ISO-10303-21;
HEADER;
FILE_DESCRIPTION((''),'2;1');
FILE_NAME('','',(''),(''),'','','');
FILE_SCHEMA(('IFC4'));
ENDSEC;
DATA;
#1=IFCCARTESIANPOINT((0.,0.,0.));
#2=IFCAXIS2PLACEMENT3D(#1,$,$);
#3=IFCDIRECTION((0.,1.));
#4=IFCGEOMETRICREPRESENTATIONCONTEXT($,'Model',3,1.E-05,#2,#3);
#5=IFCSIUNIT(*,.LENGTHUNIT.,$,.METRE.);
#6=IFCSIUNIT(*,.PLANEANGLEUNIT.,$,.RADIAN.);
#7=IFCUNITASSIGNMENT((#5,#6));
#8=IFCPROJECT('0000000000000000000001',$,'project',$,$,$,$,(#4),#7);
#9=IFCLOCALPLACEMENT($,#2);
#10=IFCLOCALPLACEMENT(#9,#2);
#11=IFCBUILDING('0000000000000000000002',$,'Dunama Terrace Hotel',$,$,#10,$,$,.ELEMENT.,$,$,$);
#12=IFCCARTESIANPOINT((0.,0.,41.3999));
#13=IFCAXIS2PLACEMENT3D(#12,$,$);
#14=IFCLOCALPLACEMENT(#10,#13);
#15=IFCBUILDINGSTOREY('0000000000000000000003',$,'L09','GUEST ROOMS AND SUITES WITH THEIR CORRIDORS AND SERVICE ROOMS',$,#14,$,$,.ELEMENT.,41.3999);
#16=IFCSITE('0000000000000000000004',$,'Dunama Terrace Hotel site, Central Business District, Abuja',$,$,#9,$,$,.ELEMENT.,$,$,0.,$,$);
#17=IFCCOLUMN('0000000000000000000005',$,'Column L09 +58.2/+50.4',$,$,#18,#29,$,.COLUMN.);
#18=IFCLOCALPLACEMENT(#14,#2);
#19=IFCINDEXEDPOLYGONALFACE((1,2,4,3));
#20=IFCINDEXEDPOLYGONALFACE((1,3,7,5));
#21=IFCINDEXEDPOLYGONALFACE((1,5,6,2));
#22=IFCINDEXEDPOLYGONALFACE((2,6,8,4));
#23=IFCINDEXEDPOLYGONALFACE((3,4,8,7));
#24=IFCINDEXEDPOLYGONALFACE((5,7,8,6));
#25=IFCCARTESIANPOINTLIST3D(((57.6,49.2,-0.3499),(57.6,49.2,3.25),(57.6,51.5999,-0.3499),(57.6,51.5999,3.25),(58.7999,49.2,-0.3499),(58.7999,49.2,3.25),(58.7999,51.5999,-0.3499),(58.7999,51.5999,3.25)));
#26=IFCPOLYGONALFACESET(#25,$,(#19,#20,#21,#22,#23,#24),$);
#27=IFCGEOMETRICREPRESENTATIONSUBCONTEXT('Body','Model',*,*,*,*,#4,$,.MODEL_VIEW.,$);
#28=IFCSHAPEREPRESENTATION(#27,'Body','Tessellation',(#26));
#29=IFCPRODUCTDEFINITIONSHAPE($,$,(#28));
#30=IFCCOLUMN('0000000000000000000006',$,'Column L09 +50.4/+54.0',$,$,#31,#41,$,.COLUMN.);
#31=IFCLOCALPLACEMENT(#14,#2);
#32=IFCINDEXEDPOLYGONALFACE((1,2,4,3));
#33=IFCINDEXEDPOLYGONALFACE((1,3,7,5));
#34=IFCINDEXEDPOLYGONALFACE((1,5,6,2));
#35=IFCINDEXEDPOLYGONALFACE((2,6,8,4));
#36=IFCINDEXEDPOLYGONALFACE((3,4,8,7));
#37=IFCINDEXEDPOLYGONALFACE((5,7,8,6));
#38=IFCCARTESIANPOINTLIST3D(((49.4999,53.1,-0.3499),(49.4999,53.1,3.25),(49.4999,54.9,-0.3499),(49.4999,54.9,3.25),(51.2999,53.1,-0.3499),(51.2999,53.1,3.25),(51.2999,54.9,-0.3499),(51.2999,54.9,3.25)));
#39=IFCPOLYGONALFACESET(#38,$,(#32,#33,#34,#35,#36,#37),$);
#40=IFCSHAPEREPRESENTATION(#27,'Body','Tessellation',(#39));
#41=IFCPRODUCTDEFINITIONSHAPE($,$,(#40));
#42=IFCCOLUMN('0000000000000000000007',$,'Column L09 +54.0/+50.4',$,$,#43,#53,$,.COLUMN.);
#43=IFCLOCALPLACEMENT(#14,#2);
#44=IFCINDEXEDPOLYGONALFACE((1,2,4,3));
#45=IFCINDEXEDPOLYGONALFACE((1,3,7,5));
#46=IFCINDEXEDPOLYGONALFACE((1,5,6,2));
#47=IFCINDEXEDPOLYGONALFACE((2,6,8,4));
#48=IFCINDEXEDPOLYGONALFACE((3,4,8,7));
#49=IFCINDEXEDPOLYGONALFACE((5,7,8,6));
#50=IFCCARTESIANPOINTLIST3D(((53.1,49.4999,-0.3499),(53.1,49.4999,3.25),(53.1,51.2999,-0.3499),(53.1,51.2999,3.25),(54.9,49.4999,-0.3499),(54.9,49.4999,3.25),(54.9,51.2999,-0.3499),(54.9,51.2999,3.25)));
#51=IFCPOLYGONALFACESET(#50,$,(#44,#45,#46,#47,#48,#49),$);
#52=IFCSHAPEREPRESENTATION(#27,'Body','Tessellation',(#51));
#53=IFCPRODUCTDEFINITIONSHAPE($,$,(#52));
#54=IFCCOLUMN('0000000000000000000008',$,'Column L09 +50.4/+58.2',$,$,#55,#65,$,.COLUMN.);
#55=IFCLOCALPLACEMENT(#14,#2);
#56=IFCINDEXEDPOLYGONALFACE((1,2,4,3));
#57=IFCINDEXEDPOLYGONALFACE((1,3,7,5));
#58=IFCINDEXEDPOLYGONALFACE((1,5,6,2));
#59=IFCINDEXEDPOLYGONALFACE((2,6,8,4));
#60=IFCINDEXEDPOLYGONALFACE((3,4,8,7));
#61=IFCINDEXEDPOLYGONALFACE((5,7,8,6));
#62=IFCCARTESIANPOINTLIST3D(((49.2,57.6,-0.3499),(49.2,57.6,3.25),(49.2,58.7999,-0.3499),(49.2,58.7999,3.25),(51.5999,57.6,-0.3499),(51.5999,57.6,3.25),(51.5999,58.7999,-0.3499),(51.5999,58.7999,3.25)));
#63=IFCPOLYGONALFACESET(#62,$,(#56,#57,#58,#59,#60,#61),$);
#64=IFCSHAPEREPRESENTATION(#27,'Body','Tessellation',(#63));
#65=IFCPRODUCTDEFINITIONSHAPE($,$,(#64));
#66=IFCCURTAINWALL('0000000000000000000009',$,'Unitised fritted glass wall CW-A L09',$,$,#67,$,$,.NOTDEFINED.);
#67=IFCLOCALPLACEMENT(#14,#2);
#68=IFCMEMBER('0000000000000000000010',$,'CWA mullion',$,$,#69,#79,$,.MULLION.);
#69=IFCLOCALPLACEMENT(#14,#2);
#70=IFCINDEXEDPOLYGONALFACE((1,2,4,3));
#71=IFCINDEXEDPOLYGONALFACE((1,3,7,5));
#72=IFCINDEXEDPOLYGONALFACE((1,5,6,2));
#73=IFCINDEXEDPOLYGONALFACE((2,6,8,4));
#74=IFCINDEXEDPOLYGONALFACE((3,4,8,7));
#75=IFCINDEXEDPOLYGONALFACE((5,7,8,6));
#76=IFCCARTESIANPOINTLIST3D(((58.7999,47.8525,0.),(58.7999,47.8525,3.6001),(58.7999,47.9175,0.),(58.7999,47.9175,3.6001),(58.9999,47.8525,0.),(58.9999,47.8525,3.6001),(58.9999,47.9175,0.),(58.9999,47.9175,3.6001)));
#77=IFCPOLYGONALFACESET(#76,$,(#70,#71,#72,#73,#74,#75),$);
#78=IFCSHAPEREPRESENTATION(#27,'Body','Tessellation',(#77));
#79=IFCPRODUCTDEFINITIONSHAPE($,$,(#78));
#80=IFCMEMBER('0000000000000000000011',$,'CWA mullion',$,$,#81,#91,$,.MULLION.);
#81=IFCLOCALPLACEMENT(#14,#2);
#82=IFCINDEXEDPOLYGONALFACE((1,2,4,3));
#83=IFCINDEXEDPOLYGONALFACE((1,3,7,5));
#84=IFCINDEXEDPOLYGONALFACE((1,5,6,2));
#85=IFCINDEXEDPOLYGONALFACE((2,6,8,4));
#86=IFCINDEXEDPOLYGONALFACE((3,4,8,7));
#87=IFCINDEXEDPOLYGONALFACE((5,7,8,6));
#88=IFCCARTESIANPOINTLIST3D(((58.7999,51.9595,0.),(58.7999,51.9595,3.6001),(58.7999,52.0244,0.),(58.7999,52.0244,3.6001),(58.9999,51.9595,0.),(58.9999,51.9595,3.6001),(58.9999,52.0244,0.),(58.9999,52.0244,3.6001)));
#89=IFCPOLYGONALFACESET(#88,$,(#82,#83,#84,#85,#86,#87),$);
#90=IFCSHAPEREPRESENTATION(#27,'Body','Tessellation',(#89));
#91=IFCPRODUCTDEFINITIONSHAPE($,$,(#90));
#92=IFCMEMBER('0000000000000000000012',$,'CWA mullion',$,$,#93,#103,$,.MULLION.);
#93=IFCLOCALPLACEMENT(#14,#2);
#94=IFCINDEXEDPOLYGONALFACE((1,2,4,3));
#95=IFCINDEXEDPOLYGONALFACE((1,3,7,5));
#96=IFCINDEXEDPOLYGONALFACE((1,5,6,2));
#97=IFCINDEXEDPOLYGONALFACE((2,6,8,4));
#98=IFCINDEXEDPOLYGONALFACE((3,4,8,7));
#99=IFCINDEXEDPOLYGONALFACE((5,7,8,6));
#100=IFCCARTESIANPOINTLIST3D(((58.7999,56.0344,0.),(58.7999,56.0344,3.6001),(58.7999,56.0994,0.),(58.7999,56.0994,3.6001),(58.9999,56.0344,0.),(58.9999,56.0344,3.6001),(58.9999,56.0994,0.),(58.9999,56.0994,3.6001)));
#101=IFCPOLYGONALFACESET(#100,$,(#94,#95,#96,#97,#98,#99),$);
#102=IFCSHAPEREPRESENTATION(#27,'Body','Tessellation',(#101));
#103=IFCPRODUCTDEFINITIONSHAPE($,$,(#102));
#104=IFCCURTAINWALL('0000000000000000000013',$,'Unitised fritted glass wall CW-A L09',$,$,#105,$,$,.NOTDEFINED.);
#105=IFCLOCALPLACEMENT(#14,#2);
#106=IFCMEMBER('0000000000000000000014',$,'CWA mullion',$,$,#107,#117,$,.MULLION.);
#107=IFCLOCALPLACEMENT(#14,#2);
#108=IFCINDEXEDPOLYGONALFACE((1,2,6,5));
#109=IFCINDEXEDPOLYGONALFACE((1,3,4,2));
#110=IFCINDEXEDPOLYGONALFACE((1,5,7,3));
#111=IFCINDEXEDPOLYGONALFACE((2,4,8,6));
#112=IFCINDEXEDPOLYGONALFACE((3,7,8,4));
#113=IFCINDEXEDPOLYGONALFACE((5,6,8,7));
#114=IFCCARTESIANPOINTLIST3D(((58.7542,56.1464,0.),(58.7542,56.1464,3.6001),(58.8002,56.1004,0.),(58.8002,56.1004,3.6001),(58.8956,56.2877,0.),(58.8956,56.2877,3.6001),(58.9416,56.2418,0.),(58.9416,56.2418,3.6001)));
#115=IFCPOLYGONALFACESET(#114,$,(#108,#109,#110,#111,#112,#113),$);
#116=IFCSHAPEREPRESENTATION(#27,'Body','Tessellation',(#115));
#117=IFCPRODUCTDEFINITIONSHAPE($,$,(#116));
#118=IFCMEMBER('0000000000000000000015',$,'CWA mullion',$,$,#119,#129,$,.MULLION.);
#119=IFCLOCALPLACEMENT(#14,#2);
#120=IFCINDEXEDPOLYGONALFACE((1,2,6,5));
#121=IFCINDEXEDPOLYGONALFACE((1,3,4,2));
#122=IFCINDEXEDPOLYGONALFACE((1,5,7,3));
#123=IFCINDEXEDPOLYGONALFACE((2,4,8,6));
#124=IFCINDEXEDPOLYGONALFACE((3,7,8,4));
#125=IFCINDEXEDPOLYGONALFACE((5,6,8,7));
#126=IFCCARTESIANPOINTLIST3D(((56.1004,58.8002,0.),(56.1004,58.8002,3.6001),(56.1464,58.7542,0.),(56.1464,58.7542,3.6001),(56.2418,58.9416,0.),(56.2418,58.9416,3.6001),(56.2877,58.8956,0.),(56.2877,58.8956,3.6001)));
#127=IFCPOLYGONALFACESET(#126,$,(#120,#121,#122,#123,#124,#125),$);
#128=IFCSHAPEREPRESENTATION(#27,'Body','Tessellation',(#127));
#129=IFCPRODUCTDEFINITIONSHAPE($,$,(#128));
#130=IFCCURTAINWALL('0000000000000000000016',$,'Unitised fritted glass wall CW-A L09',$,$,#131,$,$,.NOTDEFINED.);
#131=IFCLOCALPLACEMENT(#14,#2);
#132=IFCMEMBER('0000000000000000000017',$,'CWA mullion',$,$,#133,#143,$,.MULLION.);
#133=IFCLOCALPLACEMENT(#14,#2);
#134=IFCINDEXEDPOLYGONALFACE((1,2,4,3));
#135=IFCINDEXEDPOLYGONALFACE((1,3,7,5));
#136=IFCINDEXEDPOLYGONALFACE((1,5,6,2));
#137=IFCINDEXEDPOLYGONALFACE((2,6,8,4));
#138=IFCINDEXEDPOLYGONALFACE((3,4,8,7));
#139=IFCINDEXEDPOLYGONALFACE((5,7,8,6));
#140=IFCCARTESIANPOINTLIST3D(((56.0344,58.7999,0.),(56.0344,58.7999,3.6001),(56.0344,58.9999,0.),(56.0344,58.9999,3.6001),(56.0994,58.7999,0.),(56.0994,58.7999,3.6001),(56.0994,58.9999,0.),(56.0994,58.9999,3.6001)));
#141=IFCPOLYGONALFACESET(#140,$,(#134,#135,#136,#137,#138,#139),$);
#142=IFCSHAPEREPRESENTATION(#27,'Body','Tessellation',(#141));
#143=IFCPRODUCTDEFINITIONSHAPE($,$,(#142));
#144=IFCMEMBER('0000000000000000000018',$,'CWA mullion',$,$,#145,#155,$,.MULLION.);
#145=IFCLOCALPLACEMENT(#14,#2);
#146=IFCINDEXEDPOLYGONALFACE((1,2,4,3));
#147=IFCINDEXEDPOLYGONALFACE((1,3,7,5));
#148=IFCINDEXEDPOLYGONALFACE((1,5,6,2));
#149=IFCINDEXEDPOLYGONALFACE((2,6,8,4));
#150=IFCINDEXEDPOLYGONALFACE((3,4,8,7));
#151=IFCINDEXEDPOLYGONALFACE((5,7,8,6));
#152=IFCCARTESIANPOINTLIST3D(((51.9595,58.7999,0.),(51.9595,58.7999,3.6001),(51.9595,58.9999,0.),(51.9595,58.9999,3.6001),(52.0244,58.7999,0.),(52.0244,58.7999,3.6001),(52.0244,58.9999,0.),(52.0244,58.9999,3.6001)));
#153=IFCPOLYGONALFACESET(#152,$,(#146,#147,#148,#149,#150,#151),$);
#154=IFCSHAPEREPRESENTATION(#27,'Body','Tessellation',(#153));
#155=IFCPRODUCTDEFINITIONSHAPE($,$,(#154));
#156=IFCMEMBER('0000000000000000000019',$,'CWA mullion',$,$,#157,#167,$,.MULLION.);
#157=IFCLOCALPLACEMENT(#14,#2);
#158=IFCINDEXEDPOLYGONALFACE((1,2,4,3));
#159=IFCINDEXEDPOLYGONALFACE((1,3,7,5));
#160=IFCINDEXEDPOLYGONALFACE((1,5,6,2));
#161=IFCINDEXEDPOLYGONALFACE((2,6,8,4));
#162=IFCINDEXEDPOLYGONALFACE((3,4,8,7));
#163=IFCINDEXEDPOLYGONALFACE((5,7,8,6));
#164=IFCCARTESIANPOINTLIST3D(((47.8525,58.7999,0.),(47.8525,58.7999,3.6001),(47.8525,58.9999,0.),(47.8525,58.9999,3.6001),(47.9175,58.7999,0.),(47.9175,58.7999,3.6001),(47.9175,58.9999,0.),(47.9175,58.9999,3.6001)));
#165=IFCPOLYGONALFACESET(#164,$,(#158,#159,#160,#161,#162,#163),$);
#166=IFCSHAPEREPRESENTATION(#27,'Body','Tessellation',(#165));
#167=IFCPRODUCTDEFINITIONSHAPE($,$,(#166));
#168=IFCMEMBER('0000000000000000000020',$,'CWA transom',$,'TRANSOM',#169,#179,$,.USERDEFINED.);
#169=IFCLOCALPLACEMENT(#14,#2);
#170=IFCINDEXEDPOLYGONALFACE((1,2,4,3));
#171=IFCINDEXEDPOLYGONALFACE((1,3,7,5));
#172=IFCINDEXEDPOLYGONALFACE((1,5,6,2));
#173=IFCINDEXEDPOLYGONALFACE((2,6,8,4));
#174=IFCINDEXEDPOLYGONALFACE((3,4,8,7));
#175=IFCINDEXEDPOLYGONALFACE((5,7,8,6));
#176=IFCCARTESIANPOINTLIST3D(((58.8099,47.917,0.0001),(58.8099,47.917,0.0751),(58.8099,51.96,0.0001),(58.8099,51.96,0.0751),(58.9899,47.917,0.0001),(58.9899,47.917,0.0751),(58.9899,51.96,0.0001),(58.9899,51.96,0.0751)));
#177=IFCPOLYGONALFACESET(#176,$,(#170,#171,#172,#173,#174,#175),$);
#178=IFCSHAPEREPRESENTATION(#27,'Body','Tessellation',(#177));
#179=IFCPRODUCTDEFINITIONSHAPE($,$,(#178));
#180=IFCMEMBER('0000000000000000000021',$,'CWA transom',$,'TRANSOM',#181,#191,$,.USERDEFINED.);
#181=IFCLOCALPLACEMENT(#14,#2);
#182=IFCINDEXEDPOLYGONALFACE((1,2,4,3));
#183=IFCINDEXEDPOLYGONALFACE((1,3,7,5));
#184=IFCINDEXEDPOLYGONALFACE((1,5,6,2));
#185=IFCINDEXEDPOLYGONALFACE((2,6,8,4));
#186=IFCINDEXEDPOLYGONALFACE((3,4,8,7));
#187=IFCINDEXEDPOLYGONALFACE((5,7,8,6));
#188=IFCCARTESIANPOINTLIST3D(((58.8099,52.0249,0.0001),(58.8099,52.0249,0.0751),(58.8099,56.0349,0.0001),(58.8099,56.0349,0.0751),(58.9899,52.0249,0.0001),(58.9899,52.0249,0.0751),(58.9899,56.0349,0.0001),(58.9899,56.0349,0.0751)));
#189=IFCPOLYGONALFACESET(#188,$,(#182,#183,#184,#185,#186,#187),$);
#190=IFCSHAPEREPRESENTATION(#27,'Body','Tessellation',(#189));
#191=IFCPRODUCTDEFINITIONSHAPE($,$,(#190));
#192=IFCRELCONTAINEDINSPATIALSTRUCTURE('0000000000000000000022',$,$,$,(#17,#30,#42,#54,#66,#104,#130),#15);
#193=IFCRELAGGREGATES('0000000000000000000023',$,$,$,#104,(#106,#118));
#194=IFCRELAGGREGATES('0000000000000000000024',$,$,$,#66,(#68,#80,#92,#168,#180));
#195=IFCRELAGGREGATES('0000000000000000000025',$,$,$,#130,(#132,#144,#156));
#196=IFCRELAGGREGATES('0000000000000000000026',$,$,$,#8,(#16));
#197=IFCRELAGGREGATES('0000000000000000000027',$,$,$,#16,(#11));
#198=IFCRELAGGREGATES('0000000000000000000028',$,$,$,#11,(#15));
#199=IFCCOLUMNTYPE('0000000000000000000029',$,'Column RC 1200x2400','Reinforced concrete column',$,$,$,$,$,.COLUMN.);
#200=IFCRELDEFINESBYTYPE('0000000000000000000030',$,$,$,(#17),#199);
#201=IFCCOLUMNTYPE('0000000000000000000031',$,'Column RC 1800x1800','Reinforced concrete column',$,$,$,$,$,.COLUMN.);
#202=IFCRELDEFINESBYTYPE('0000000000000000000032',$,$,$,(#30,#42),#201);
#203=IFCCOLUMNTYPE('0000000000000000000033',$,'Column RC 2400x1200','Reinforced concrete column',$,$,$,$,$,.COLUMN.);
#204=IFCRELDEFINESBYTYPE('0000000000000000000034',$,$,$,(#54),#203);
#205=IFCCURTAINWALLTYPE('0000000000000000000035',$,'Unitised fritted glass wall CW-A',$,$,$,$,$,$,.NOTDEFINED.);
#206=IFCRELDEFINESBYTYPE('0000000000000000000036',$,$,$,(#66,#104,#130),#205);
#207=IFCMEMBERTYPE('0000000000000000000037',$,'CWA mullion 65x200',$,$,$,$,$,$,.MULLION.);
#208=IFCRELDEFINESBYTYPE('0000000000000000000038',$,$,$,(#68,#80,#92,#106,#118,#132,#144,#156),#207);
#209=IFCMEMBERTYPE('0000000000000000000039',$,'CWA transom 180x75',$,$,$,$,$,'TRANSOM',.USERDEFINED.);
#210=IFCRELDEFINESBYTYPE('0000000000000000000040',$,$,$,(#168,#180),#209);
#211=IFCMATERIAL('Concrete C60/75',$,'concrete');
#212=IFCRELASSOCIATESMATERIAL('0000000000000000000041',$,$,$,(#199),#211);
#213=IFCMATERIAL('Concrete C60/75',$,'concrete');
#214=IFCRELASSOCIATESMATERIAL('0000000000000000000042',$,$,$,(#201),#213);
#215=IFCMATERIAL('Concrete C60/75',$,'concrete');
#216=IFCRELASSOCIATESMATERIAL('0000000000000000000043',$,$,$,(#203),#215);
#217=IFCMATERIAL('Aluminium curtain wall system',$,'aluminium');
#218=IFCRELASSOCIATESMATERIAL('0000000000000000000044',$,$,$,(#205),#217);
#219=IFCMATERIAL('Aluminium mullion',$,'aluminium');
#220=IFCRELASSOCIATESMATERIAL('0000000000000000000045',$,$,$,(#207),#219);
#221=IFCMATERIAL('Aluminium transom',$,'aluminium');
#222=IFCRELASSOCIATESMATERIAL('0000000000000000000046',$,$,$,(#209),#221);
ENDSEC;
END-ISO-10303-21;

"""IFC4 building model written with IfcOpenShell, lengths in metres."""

from ifc_helpers import new_model, si_unit, direction, frame, origin, origin_2d, place, context, subcontext, project, spatial, rectangle, extrude, material, material_profile, profile_set, type_object, element, aggregate, save


model = new_model("IFC4")

# Units and contexts
model_context = context("Model", 3, precision=1e-05, world=origin(), true_north=direction((0.0, 1.0)))
body_context = subcontext(model_context, "Body", "Model", "MODEL_VIEW")
ifc_project = project(units=[si_unit("LENGTHUNIT", "METRE"), si_unit("PLANEANGLEUNIT", "RADIAN")], contexts=[model_context])

# Site, building, storey
site_placement = place(None, origin())
site = spatial("IfcSite", under=ifc_project, at=site_placement, Name="Dunama Terrace Hotel site, Central Business District, Abuja", CompositionType="ELEMENT", RefElevation=0.0)
building_placement = place(site_placement, origin())
building = spatial("IfcBuilding", under=site, at=building_placement, Name="Dunama Terrace Hotel", CompositionType="ELEMENT")
storey_placement = place(building_placement, frame((0.0, 0.0, 41.3999)))
storey = spatial("IfcBuildingStorey", under=building, at=storey_placement, Name="L09", Description="GUEST ROOMS AND SUITES WITH THEIR CORRIDORS AND SERVICE ROOMS", CompositionType="ELEMENT", Elevation=41.3999)

# Columns
ifc_material_1 = material(Name="Concrete C60/75", Category="concrete")
ifc_material_profile_1 = material_profile(ifc_material_1, rectangle(XDim=1.2, YDim=2.3999, at=origin_2d()), Name="RC 1200x2400")
ifc_profile_set_1 = profile_set([ifc_material_profile_1], Name="Concrete C60/75")
column_type_1 = type_object("IfcColumnType", Name="Column RC 1200x2400", Description="Reinforced concrete column", PredefinedType="COLUMN", material=ifc_profile_set_1)
column_1_placement = place(storey_placement, frame((58.2, 50.3999, -0.3499), z_axis=(0.0, 0.0, 1.0), x_axis=(1.0, 0.0, 0.0)))
element("IfcColumn", 1, at=column_1_placement, inside=storey, type_object=column_type_1, Name="Column L09 +58.2/+50.4", PredefinedType="COLUMN", context=body_context, shape_type="SweptSolid", body=[
    extrude(rectangle(XDim=1.2, YDim=2.3999, at=origin_2d()), origin(), (0.0, 0.0, 1.0), 3.5999),
])
ifc_material_2 = material(Name="Concrete C60/75", Category="concrete")
ifc_material_profile_2 = material_profile(ifc_material_2, rectangle(XDim=1.8, YDim=1.8, at=origin_2d()), Name="RC 1800x1800")
ifc_profile_set_2 = profile_set([ifc_material_profile_2], Name="Concrete C60/75")
column_type_2 = type_object("IfcColumnType", Name="Column RC 1800x1800", Description="Reinforced concrete column", PredefinedType="COLUMN", material=ifc_profile_set_2)
for number, where, z_axis, x_axis, name in (
    (2, (50.3999, 54.0, -0.3499), (0.0, 0.0, 1.0), (1.0, 0.0, 0.0), "Column L09 +50.4/+54.0"),
    (3, (54.0, 50.3999, -0.3499), (0.0, 0.0, 1.0), (1.0, 0.0, 0.0), "Column L09 +54.0/+50.4"),
):
    element("IfcColumn", number, at=place(storey_placement, frame(where, z_axis=z_axis, x_axis=x_axis)), inside=storey, type_object=column_type_2, Name=name, PredefinedType="COLUMN", context=body_context, shape_type="SweptSolid", body=[
        extrude(rectangle(XDim=1.8, YDim=1.8, at=origin_2d()), origin(), (0.0, 0.0, 1.0), 3.5999),
    ])
ifc_material_3 = material(Name="Concrete C60/75", Category="concrete")
ifc_material_profile_3 = material_profile(ifc_material_3, rectangle(XDim=2.3999, YDim=1.2, at=origin_2d()), Name="RC 2400x1200")
ifc_profile_set_3 = profile_set([ifc_material_profile_3], Name="Concrete C60/75")
column_type_3 = type_object("IfcColumnType", Name="Column RC 2400x1200", Description="Reinforced concrete column", PredefinedType="COLUMN", material=ifc_profile_set_3)
column_2_placement = place(storey_placement, frame((50.3999, 58.2, -0.3499), z_axis=(0.0, 0.0, 1.0), x_axis=(1.0, 0.0, 0.0)))
element("IfcColumn", 4, at=column_2_placement, inside=storey, type_object=column_type_3, Name="Column L09 +50.4/+58.2", PredefinedType="COLUMN", context=body_context, shape_type="SweptSolid", body=[
    extrude(rectangle(XDim=2.3999, YDim=1.2, at=origin_2d()), origin(), (0.0, 0.0, 1.0), 3.5999),
])

# Curtain walls, members
ifc_material_4 = material(Name="Aluminium curtain wall system", Category="aluminium")
curtain_wall_type = type_object("IfcCurtainWallType", Name="Unitised fritted glass wall CW-A", PredefinedType="NOTDEFINED", material=ifc_material_4)
curtain_wall_1_placement = place(storey_placement, origin())
curtain_wall_1 = element("IfcCurtainWall", 5, at=curtain_wall_1_placement, inside=storey, type_object=curtain_wall_type, Name="Unitised fritted glass wall CW-A L09", PredefinedType="NOTDEFINED")
ifc_material_5 = material(Name="Aluminium mullion", Category="aluminium")
ifc_material_profile_4 = material_profile(ifc_material_5, rectangle(XDim=0.0649, YDim=0.2, at=origin_2d()), Name="CWA MULLION 65X200")
ifc_profile_set_4 = profile_set([ifc_material_profile_4], Name="Aluminium mullion")
member_type_1 = type_object("IfcMemberType", Name="CWA mullion 65x200", PredefinedType="MULLION", material=ifc_profile_set_4)
member_1_placement = place(storey_placement, frame((58.8999, 47.885, 0.0), z_axis=(0.0, 0.0, 1.0), x_axis=(0.0, 1.0, 0.0)))
member_1 = element("IfcMember", 6, at=member_1_placement, type_object=member_type_1, Name="CWA mullion", PredefinedType="MULLION", context=body_context, shape_type="SweptSolid", body=[
    extrude(rectangle(XDim=0.0649, YDim=0.2, at=origin_2d()), origin(), (0.0, 0.0, 1.0), 3.6001),
])
member_2_placement = place(storey_placement, frame((58.8999, 51.9919, 0.0), z_axis=(0.0, 0.0, 1.0), x_axis=(0.0, 1.0, 0.0)))
member_2 = element("IfcMember", 7, at=member_2_placement, type_object=member_type_1, Name="CWA mullion", PredefinedType="MULLION", context=body_context, shape_type="SweptSolid", body=[
    extrude(rectangle(XDim=0.0649, YDim=0.2, at=origin_2d()), origin(), (0.0, 0.0, 1.0), 3.6001),
])
member_3_placement = place(storey_placement, frame((58.8999, 56.0669, 0.0), z_axis=(0.0, 0.0, 1.0), x_axis=(0.0, 1.0, 0.0)))
member_3 = element("IfcMember", 8, at=member_3_placement, type_object=member_type_1, Name="CWA mullion", PredefinedType="MULLION", context=body_context, shape_type="SweptSolid", body=[
    extrude(rectangle(XDim=0.0649, YDim=0.2, at=origin_2d()), origin(), (0.0, 0.0, 1.0), 3.6001),
])
curtain_wall_2_placement = place(storey_placement, origin())
curtain_wall_2 = element("IfcCurtainWall", 9, at=curtain_wall_2_placement, inside=storey, type_object=curtain_wall_type, Name="Unitised fritted glass wall CW-A L09", PredefinedType="NOTDEFINED")
member_4_placement = place(storey_placement, frame((58.8479, 56.1941, 0.0), z_axis=(0.0, 0.0, 1.0), x_axis=(-0.707107, 0.707107, 0.0)))
member_4 = element("IfcMember", 10, at=member_4_placement, type_object=member_type_1, Name="CWA mullion", PredefinedType="MULLION", context=body_context, shape_type="SweptSolid", body=[
    extrude(rectangle(XDim=0.0649, YDim=0.2, at=origin_2d()), origin(), (0.0, 0.0, 1.0), 3.6001),
])
member_5_placement = place(storey_placement, frame((56.1941, 58.8479, 0.0), z_axis=(0.0, 0.0, 1.0), x_axis=(-0.707107, 0.707107, 0.0)))
member_5 = element("IfcMember", 11, at=member_5_placement, type_object=member_type_1, Name="CWA mullion", PredefinedType="MULLION", context=body_context, shape_type="SweptSolid", body=[
    extrude(rectangle(XDim=0.0649, YDim=0.2, at=origin_2d()), origin(), (0.0, 0.0, 1.0), 3.6001),
])
curtain_wall_3_placement = place(storey_placement, origin())
curtain_wall_3 = element("IfcCurtainWall", 12, at=curtain_wall_3_placement, inside=storey, type_object=curtain_wall_type, Name="Unitised fritted glass wall CW-A L09", PredefinedType="NOTDEFINED")
member_6_placement = place(storey_placement, frame((56.0669, 58.8999, 0.0), z_axis=(0.0, 0.0, 1.0), x_axis=(-1.0, 0.0, 0.0)))
member_6 = element("IfcMember", 13, at=member_6_placement, type_object=member_type_1, Name="CWA mullion", PredefinedType="MULLION", context=body_context, shape_type="SweptSolid", body=[
    extrude(rectangle(XDim=0.0649, YDim=0.2, at=origin_2d()), origin(), (0.0, 0.0, 1.0), 3.6001),
])
member_7_placement = place(storey_placement, frame((51.9919, 58.8999, 0.0), z_axis=(0.0, 0.0, 1.0), x_axis=(-1.0, 0.0, 0.0)))
member_7 = element("IfcMember", 14, at=member_7_placement, type_object=member_type_1, Name="CWA mullion", PredefinedType="MULLION", context=body_context, shape_type="SweptSolid", body=[
    extrude(rectangle(XDim=0.0649, YDim=0.2, at=origin_2d()), origin(), (0.0, 0.0, 1.0), 3.6001),
])
member_8_placement = place(storey_placement, frame((47.885, 58.8999, 0.0), z_axis=(0.0, 0.0, 1.0), x_axis=(-1.0, 0.0, 0.0)))
member_8 = element("IfcMember", 15, at=member_8_placement, type_object=member_type_1, Name="CWA mullion", PredefinedType="MULLION", context=body_context, shape_type="SweptSolid", body=[
    extrude(rectangle(XDim=0.0649, YDim=0.2, at=origin_2d()), origin(), (0.0, 0.0, 1.0), 3.6001),
])

# Members
ifc_material_6 = material(Name="Aluminium transom", Category="aluminium")
ifc_material_profile_5 = material_profile(ifc_material_6, rectangle(XDim=0.1799, YDim=0.075, at=origin_2d()), Name="CWA TRANSOM 180X75")
ifc_profile_set_5 = profile_set([ifc_material_profile_5], Name="Aluminium transom")
member_type_2 = type_object("IfcMemberType", Name="CWA transom 180x75", ElementType="TRANSOM", PredefinedType="USERDEFINED", material=ifc_profile_set_5)
member_9_placement = place(storey_placement, frame((58.8999, 47.917, 0.0376), z_axis=(0.0, 1.0, 0.0), x_axis=(-1.0, 0.0, 0.0)))
member_9 = element("IfcMember", 16, at=member_9_placement, type_object=member_type_2, Name="CWA transom", ObjectType="TRANSOM", PredefinedType="USERDEFINED", context=body_context, shape_type="SweptSolid", body=[
    extrude(rectangle(XDim=0.1799, YDim=0.075, at=origin_2d()), origin(), (0.0, 0.0, 1.0), 4.043),
])
member_10_placement = place(storey_placement, frame((58.8999, 52.0249, 0.0376), z_axis=(0.0, 1.0, 0.0), x_axis=(-1.0, 0.0, 0.0)))
member_10 = element("IfcMember", 17, at=member_10_placement, type_object=member_type_2, Name="CWA transom", ObjectType="TRANSOM", PredefinedType="USERDEFINED", context=body_context, shape_type="SweptSolid", body=[
    extrude(rectangle(XDim=0.1799, YDim=0.075, at=origin_2d()), origin(), (0.0, 0.0, 1.0), 4.01),
])

aggregate(curtain_wall_2, [member_4, member_5])
aggregate(curtain_wall_1, [member_1, member_2, member_3, member_9, member_10])
aggregate(curtain_wall_3, [member_6, member_7, member_8])

save(model, "model.ifc")
